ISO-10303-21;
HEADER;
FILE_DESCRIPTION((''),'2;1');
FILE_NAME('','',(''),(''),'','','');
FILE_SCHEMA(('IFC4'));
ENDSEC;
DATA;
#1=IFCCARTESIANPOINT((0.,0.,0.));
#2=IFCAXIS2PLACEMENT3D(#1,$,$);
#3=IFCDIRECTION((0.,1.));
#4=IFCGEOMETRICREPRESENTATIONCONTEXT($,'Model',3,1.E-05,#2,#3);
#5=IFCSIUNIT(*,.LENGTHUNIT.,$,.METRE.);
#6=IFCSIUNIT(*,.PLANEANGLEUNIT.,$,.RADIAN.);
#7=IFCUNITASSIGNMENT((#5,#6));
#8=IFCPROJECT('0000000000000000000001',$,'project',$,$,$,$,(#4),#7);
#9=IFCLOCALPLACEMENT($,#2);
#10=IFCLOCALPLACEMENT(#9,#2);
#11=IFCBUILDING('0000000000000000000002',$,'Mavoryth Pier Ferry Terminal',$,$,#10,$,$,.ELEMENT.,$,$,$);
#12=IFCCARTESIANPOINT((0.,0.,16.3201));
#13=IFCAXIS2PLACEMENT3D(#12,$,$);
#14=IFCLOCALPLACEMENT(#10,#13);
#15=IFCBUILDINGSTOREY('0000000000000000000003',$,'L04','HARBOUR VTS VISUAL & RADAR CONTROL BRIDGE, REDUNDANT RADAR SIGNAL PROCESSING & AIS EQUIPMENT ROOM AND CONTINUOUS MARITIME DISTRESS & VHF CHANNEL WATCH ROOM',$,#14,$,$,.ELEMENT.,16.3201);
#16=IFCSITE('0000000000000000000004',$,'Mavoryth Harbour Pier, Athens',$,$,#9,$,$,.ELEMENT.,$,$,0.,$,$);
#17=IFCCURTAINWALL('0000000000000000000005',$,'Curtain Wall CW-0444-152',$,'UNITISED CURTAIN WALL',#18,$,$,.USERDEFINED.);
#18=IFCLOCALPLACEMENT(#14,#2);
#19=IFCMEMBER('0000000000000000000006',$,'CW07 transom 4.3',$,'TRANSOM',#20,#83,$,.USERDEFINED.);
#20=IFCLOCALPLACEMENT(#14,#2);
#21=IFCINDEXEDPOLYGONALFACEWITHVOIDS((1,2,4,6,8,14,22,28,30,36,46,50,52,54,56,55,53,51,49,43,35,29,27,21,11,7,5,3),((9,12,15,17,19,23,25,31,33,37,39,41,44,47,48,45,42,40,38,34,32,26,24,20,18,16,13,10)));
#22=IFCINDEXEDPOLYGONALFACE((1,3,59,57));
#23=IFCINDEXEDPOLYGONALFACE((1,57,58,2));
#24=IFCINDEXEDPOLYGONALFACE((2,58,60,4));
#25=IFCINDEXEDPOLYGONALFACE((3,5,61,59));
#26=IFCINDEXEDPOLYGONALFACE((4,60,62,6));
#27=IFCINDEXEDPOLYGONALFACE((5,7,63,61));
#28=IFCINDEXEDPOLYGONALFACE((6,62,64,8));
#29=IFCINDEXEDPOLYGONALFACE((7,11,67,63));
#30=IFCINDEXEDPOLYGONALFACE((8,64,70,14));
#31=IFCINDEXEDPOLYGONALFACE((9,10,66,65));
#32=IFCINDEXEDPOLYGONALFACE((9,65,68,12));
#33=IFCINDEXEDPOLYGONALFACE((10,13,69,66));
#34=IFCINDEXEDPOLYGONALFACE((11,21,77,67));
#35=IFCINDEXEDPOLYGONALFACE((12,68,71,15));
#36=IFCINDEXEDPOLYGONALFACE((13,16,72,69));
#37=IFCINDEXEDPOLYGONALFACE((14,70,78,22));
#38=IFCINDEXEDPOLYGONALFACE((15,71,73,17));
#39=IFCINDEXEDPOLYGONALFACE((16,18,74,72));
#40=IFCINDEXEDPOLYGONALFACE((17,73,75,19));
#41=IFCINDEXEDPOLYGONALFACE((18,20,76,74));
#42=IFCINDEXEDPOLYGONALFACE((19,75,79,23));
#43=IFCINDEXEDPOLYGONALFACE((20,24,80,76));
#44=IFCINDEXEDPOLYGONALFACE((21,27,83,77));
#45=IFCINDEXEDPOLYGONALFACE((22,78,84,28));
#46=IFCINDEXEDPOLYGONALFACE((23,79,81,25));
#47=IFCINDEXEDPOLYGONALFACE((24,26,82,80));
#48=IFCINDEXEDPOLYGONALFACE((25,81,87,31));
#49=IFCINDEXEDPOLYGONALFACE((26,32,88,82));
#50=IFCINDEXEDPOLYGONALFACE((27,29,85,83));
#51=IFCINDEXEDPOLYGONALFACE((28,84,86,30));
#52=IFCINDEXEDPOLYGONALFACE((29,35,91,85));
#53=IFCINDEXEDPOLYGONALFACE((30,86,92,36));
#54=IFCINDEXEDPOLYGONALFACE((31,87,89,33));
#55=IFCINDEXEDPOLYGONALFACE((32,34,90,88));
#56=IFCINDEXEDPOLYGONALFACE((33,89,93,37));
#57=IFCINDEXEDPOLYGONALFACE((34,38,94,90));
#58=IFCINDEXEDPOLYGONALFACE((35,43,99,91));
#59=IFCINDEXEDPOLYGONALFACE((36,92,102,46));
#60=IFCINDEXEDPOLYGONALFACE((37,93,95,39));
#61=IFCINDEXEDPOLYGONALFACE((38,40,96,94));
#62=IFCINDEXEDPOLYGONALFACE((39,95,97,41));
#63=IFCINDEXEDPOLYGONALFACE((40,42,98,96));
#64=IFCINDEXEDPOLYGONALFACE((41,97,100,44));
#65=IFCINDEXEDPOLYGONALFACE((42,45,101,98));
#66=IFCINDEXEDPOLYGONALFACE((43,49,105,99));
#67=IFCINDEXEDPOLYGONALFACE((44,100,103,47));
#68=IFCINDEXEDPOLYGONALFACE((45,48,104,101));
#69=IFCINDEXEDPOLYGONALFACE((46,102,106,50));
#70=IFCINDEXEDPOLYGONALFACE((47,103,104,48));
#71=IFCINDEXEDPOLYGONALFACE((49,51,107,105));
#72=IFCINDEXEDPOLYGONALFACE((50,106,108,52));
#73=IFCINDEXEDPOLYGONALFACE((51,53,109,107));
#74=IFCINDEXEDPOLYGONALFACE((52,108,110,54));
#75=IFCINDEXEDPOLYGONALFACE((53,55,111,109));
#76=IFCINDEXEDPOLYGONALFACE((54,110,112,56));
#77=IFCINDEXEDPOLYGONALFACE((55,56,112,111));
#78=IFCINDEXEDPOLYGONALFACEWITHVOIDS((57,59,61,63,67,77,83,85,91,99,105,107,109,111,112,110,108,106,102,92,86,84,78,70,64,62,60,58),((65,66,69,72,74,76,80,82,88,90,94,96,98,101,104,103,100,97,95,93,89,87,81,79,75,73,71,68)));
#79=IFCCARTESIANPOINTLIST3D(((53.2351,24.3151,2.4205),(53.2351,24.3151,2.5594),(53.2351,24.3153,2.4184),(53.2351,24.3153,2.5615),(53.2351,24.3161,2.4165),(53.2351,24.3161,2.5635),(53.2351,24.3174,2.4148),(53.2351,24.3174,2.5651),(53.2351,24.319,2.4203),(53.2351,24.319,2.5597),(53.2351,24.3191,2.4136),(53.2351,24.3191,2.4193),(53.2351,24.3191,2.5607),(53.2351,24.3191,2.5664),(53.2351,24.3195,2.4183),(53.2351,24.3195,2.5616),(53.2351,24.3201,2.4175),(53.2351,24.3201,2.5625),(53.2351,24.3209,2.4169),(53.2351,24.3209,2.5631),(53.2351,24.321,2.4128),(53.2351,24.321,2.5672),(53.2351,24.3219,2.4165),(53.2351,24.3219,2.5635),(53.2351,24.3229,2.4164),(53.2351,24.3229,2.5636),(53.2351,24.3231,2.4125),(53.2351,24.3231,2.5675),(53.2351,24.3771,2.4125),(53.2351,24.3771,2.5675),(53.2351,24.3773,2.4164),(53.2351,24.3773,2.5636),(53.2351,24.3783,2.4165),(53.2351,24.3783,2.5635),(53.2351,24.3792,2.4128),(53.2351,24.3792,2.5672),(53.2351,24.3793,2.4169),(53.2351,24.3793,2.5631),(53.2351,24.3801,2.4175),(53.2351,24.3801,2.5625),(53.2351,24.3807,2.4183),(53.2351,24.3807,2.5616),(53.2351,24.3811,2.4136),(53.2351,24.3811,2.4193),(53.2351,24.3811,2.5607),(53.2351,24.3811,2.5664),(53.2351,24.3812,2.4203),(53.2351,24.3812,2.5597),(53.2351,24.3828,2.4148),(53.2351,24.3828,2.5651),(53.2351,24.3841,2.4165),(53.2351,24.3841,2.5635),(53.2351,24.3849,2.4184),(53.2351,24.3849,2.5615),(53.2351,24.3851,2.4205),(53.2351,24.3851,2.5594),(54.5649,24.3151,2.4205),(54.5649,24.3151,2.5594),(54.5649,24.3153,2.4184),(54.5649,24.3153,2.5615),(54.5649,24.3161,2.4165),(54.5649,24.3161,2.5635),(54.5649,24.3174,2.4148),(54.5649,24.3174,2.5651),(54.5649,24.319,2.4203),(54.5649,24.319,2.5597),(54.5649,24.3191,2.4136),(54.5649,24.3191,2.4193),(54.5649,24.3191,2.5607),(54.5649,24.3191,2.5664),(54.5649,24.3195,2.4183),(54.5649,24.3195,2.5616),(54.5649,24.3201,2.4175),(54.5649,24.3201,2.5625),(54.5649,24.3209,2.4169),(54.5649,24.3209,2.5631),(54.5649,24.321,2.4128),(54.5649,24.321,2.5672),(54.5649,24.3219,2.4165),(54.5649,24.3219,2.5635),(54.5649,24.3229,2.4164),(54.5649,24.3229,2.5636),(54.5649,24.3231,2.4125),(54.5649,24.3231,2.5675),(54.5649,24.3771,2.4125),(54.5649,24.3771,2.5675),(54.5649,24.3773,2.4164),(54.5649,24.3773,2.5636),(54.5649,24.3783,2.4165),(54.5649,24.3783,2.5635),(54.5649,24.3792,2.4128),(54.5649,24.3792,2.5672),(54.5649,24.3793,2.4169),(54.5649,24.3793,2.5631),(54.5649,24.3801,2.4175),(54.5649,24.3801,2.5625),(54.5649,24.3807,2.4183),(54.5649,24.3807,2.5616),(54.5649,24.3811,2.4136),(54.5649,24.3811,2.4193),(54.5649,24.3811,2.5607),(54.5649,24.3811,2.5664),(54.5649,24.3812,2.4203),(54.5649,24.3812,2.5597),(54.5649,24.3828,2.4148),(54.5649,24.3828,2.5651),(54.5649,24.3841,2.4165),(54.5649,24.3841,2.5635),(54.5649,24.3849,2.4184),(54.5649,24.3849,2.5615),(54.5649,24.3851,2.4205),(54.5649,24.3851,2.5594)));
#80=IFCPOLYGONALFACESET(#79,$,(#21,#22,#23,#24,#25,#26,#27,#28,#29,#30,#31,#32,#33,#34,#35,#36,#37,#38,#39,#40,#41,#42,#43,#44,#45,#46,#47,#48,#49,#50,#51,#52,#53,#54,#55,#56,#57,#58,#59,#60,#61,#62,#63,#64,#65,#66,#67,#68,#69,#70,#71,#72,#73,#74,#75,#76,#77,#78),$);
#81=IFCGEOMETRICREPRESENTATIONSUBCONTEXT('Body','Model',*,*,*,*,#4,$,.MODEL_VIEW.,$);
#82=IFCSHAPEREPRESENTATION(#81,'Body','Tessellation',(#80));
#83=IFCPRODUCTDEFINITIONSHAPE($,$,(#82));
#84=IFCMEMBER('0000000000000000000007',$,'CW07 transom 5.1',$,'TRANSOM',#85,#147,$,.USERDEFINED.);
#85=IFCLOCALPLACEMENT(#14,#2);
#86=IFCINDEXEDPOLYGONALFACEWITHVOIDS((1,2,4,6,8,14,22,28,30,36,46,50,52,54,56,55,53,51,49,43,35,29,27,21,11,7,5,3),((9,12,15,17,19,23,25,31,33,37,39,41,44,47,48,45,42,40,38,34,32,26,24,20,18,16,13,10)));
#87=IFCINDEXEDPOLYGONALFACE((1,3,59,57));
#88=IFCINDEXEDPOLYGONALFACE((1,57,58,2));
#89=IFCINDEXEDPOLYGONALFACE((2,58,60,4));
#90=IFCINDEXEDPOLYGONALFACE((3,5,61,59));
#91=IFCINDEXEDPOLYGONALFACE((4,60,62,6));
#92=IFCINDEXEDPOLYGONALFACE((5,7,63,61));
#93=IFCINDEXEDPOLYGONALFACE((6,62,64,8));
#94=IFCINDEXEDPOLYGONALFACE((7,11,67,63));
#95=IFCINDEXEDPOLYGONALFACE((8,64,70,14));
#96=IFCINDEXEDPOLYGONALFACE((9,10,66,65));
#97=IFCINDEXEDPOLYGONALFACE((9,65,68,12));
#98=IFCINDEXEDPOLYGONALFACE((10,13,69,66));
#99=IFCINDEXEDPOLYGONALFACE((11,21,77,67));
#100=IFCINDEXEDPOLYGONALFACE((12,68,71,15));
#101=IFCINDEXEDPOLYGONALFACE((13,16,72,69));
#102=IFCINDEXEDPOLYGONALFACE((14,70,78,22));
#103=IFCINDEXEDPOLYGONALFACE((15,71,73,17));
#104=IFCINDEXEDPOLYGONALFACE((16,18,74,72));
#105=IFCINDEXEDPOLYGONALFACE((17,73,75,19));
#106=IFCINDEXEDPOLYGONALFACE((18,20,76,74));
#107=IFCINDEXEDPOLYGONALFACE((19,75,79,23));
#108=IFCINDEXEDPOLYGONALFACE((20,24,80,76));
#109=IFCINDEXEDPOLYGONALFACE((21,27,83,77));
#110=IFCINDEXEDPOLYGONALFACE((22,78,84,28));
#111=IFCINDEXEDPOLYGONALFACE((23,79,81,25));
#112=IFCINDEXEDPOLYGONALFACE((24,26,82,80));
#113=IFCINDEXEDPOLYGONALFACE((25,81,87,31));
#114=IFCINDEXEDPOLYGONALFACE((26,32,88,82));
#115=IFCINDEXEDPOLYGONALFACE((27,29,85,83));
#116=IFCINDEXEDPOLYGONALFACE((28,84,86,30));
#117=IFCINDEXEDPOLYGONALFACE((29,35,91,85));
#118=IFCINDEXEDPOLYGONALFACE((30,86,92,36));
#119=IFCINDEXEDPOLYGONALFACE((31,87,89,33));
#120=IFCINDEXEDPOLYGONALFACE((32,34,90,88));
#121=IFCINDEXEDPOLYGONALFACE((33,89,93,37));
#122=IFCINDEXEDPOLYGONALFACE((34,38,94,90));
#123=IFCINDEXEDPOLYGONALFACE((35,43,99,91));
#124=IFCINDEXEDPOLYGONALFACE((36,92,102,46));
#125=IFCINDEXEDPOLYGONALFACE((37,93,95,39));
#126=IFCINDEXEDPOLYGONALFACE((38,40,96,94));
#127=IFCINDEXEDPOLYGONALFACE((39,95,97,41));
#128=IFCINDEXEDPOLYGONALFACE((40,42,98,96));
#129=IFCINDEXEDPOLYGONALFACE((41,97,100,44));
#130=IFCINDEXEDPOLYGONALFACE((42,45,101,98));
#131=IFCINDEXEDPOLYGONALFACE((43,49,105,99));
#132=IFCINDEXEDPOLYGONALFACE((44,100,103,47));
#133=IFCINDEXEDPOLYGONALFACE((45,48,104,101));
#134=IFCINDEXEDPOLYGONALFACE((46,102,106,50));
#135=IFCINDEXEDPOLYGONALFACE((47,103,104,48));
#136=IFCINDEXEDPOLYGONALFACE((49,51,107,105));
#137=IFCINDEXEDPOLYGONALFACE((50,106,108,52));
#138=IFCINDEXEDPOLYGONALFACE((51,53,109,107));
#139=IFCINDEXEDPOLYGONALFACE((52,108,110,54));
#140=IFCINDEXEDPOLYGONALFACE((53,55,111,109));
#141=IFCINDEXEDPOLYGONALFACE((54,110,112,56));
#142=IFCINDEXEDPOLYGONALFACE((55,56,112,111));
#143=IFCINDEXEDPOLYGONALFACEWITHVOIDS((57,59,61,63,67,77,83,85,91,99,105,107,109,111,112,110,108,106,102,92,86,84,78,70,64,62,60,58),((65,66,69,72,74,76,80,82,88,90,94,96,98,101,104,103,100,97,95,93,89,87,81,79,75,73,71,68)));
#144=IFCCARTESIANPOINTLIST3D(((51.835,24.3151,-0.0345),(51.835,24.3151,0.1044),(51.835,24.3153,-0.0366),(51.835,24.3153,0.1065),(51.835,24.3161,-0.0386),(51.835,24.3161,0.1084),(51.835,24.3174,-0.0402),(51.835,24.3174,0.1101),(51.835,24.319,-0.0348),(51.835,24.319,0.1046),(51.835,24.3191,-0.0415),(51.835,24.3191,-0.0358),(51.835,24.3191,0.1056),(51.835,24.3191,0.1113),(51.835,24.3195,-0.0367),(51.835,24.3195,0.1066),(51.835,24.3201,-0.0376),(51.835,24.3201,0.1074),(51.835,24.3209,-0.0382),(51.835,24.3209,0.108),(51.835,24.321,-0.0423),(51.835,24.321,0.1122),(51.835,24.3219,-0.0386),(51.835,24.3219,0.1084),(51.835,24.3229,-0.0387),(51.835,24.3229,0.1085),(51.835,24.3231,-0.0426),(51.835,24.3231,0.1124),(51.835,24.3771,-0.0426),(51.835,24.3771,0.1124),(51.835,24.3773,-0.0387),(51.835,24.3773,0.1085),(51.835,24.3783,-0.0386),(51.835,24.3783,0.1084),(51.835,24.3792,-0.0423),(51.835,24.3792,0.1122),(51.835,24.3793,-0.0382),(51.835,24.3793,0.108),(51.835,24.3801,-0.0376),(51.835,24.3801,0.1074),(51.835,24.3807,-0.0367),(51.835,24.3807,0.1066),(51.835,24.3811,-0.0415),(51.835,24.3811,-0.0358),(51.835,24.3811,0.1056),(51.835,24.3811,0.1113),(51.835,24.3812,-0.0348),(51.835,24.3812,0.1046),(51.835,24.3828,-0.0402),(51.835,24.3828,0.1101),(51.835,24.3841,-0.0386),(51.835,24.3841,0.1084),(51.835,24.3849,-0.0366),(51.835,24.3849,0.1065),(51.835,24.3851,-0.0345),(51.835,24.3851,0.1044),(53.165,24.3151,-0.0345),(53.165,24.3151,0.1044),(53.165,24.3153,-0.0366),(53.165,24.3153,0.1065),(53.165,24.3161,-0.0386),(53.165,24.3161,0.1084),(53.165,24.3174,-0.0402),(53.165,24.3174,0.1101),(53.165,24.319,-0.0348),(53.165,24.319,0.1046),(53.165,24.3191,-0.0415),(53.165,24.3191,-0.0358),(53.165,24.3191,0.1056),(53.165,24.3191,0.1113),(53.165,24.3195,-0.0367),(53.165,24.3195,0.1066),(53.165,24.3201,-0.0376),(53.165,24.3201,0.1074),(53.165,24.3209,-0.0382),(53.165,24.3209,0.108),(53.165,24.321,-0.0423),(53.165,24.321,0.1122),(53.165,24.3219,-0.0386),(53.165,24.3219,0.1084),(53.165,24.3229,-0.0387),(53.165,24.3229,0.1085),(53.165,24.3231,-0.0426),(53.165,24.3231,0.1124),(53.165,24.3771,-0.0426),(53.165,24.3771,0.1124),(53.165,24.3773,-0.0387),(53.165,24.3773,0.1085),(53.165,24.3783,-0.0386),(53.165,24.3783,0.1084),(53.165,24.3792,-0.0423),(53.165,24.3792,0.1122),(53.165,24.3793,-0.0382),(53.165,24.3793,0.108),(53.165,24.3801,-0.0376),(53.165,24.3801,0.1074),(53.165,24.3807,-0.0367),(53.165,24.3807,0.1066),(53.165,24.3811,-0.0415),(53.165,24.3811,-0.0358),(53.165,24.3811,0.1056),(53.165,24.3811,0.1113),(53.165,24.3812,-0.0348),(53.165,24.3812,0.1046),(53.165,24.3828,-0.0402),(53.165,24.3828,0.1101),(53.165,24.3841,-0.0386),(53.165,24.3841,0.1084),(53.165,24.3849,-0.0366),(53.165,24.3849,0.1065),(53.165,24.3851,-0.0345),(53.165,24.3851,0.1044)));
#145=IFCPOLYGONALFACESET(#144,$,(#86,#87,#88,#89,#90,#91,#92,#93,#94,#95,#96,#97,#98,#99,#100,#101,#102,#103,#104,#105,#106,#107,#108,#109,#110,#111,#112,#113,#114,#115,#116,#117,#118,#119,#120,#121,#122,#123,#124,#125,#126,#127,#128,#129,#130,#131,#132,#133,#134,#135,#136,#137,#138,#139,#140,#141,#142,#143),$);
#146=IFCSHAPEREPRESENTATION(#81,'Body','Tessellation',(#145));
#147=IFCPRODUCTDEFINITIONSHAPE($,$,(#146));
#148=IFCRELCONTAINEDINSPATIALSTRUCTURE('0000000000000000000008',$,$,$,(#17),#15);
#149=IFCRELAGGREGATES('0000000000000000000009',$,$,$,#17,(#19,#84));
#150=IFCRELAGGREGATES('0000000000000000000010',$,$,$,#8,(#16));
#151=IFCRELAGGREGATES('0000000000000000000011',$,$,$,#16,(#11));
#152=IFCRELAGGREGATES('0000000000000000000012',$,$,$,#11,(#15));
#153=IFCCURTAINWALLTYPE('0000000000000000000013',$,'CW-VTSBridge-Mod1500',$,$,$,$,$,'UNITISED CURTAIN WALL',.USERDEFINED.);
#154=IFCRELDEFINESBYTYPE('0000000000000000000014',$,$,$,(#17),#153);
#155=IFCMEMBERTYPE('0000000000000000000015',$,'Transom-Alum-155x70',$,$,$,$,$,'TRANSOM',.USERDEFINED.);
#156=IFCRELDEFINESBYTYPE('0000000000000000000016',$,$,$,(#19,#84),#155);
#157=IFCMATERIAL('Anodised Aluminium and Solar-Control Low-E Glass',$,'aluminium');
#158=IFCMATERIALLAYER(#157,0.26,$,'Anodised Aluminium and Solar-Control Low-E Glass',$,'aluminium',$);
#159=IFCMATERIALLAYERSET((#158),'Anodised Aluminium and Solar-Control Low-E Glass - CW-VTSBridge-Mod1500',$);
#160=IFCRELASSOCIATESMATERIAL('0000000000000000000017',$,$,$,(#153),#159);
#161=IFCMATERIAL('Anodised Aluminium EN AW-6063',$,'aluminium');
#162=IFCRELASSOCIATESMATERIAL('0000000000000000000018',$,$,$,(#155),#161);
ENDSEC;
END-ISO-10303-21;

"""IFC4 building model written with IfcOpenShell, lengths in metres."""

from ifc_helpers import new_model, si_unit, direction, frame, origin, origin_2d, place, context, subcontext, project, spatial, hollow_rectangle, extrude, material, layer, layer_set, material_profile, profile_set, type_object, element, aggregate, save


model = new_model("IFC4")

# Units and contexts
model_context = context("Model", 3, precision=1e-05, world=origin(), true_north=direction((0.0, 1.0)))
body_context = subcontext(model_context, "Body", "Model", "MODEL_VIEW")
ifc_project = project(units=[si_unit("LENGTHUNIT", "METRE"), si_unit("PLANEANGLEUNIT", "RADIAN")], contexts=[model_context])

# Site, building, storey
site_placement = place(None, origin())
site = spatial("IfcSite", under=ifc_project, at=site_placement, Name="Mavoryth Harbour Pier, Athens", CompositionType="ELEMENT", RefElevation=0.0)
building_placement = place(site_placement, origin())
building = spatial("IfcBuilding", under=site, at=building_placement, Name="Mavoryth Pier Ferry Terminal", CompositionType="ELEMENT")
storey_placement = place(building_placement, frame((0.0, 0.0, 16.3201)))
storey = spatial("IfcBuildingStorey", under=building, at=storey_placement, Name="L04", Description="HARBOUR VTS VISUAL & RADAR CONTROL BRIDGE, REDUNDANT RADAR SIGNAL PROCESSING & AIS EQUIPMENT ROOM AND CONTINUOUS MARITIME DISTRESS & VHF CHANNEL WATCH ROOM", CompositionType="ELEMENT", Elevation=16.3201)

# Curtain wall
ifc_material_1 = material(Name="Anodised Aluminium and Solar-Control Low-E Glass", Category="aluminium")
ifc_layer_1 = layer(ifc_material_1, 0.26, Name="Anodised Aluminium and Solar-Control Low-E Glass", Category="aluminium")
ifc_layer_set_1 = layer_set([ifc_layer_1], Name="Anodised Aluminium and Solar-Control Low-E Glass - CW-VTSBridge-Mod1500")
curtain_wall_type = type_object("IfcCurtainWallType", Name="CW-VTSBridge-Mod1500", ElementType="UNITISED CURTAIN WALL", PredefinedType="USERDEFINED", material=ifc_layer_set_1)
curtain_wall_placement = place(storey_placement, origin())
curtain_wall = element("IfcCurtainWall", 1, at=curtain_wall_placement, inside=storey, type_object=curtain_wall_type, Name="Curtain Wall CW-0444-152", ObjectType="UNITISED CURTAIN WALL", PredefinedType="USERDEFINED")
ifc_material_2 = material(Name="Anodised Aluminium EN AW-6063", Category="aluminium")

# Members
ifc_material_profile_1 = material_profile(ifc_material_2, hollow_rectangle(XDim=0.0701, YDim=0.155, WallThickness=0.0039, InnerFilletRadius=0.0039, OuterFilletRadius=0.0081, at=origin_2d()), Name="AL-TRAN 155x70x4", Category="aluminium")
ifc_profile_set_1 = profile_set([ifc_material_profile_1], Name="Anodised Aluminium EN AW-6063 - AL-TRAN 155x70x4")
member_type_1 = type_object("IfcMemberType", Name="Transom-Alum-155x70", ElementType="TRANSOM", PredefinedType="USERDEFINED", material=ifc_profile_set_1)
member_1_placement = place(storey_placement, frame((54.5649, 24.3501, 2.49), z_axis=(-1.0, 0.0, 0.0), x_axis=(0.0, -1.0, 0.0)))
member_1 = element("IfcMember", 2, at=member_1_placement, type_object=member_type_1, Name="CW07 transom 4.3", ObjectType="TRANSOM", PredefinedType="USERDEFINED", context=body_context, shape_type="SweptSolid", body=[
    extrude(hollow_rectangle(XDim=0.0701, YDim=0.155, WallThickness=0.0039, InnerFilletRadius=0.0039, OuterFilletRadius=0.0081, at=origin_2d()), origin(), (0.0, 0.0, 1.0), 1.3298),
])
member_2_placement = place(storey_placement, frame((53.165, 24.3501, 0.0349), z_axis=(-1.0, 0.0, 0.0), x_axis=(0.0, -1.0, 0.0)))
member_2 = element("IfcMember", 3, at=member_2_placement, type_object=member_type_1, Name="CW07 transom 5.1", ObjectType="TRANSOM", PredefinedType="USERDEFINED", context=body_context, shape_type="SweptSolid", body=[
    extrude(hollow_rectangle(XDim=0.0701, YDim=0.155, WallThickness=0.0039, InnerFilletRadius=0.0039, OuterFilletRadius=0.0081, at=origin_2d()), origin(), (0.0, 0.0, 1.0), 1.3301),
])

aggregate(curtain_wall, [member_1, member_2])

save(model, "model.ifc")
